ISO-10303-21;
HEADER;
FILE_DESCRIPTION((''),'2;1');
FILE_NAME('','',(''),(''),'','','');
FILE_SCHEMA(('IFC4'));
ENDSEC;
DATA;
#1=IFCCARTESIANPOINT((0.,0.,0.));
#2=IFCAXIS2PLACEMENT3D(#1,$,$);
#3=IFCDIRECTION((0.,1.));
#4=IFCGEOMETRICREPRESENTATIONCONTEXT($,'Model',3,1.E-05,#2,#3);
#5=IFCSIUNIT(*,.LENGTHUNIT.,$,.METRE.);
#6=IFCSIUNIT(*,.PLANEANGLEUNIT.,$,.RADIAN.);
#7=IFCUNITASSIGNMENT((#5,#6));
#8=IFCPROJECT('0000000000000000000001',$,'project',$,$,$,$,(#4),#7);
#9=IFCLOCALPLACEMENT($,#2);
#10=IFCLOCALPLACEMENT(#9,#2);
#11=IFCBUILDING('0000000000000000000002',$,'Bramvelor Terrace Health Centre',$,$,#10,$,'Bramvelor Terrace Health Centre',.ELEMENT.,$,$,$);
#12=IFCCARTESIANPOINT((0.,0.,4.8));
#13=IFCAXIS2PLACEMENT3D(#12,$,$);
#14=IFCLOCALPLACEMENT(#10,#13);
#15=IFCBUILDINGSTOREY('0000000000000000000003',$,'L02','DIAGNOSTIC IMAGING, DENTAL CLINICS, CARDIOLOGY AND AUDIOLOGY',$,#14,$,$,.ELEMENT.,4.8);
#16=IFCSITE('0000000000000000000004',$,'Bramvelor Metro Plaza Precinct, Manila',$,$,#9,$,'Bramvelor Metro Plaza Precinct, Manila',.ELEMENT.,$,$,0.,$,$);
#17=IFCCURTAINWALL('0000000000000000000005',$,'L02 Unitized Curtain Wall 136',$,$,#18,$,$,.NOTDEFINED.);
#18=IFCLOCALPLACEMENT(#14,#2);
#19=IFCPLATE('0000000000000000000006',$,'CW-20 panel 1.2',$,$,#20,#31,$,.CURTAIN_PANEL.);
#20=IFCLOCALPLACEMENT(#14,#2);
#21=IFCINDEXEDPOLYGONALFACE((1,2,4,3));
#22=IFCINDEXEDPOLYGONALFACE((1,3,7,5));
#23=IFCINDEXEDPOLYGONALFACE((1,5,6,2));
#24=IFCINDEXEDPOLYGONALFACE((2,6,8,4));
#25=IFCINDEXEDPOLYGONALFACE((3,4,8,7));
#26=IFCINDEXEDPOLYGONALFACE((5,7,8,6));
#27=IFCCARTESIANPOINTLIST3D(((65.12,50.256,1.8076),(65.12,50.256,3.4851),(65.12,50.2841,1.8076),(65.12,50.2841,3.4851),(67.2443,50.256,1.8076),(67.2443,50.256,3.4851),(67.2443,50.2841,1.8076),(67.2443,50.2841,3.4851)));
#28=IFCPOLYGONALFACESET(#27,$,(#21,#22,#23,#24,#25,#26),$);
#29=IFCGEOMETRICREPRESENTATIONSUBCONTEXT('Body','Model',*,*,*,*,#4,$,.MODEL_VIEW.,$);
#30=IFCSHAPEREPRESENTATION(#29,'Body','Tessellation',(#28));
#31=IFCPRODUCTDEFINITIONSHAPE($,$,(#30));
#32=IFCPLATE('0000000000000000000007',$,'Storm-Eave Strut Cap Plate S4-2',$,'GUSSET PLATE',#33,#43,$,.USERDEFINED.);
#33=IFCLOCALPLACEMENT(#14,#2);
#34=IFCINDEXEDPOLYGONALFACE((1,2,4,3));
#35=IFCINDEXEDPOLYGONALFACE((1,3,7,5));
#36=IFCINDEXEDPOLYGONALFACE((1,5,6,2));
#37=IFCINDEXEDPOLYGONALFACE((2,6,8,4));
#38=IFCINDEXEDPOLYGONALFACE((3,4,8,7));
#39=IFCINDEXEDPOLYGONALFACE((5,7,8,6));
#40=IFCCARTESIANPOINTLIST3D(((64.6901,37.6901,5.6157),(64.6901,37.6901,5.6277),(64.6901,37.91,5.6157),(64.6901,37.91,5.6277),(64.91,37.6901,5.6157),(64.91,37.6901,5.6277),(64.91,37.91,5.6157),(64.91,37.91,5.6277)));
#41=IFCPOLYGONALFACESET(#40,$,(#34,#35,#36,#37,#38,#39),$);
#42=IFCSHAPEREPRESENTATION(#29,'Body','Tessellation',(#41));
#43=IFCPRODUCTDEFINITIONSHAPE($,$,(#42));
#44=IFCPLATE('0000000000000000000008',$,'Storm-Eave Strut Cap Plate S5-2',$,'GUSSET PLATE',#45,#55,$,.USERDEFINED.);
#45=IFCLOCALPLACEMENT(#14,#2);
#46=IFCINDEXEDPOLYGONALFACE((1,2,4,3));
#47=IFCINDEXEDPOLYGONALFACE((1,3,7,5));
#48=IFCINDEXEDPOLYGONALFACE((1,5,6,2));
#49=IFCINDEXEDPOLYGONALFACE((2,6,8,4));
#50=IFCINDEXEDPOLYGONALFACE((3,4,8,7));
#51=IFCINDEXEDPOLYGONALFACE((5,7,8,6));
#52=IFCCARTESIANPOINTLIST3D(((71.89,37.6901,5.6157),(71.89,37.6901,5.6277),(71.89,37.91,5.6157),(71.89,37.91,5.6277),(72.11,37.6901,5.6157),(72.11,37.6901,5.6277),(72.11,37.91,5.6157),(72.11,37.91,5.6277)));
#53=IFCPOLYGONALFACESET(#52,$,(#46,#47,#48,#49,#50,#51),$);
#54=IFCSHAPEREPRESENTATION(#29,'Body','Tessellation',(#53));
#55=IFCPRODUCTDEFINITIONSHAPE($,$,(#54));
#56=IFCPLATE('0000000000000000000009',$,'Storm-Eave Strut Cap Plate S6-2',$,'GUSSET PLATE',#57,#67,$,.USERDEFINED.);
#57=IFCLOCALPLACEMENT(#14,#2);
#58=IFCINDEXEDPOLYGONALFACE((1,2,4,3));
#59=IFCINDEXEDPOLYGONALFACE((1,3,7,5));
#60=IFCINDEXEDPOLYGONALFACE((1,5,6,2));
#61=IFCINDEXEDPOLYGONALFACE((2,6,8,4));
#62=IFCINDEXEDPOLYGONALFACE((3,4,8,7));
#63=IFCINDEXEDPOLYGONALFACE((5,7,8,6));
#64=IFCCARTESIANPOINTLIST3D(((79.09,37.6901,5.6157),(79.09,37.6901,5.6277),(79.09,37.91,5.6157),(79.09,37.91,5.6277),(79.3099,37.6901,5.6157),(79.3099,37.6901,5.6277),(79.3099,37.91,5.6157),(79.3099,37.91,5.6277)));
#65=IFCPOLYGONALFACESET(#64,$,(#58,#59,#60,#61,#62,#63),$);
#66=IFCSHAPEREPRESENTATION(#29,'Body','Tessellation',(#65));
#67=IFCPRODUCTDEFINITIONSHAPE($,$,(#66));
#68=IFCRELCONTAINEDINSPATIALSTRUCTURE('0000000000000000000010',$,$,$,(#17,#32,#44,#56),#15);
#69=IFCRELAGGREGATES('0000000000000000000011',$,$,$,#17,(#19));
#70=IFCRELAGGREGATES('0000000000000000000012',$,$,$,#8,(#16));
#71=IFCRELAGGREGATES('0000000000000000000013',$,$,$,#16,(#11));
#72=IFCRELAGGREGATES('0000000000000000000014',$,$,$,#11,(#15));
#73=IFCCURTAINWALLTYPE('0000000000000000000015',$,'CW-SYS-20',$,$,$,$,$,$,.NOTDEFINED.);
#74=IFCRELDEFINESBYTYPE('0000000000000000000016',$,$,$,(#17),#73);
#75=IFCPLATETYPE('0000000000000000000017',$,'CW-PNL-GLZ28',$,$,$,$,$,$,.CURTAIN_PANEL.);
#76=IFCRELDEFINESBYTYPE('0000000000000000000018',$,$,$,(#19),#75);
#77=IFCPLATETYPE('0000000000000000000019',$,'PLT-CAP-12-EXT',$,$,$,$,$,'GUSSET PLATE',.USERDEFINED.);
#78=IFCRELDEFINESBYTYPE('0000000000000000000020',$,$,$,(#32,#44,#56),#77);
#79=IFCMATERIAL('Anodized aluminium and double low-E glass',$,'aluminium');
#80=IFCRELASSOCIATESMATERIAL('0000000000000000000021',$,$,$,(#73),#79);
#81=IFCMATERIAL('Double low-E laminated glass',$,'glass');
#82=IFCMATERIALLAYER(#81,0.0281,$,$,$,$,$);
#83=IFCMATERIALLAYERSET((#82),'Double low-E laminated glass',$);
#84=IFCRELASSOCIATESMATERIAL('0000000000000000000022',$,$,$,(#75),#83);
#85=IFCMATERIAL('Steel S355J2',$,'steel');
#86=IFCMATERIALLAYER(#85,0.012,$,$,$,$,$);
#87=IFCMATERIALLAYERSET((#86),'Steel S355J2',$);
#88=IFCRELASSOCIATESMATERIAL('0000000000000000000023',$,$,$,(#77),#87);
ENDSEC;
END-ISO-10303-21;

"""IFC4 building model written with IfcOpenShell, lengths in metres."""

from ifc_helpers import new_model, si_unit, direction, frame, origin, origin_2d, place, context, subcontext, project, spatial, rectangle, extrude, material, layer, layer_set, type_object, element, aggregate, save


model = new_model("IFC4")

# Units and contexts
model_context = context("Model", 3, precision=1e-05, world=origin(), true_north=direction((0.0, 1.0)))
body_context = subcontext(model_context, "Body", "Model", "MODEL_VIEW")
ifc_project = project(units=[si_unit("LENGTHUNIT", "METRE"), si_unit("PLANEANGLEUNIT", "RADIAN")], contexts=[model_context])

# Site, building, storey
site_placement = place(None, origin())
site = spatial("IfcSite", under=ifc_project, at=site_placement, Name="Bramvelor Metro Plaza Precinct, Manila", LongName="Bramvelor Metro Plaza Precinct, Manila", CompositionType="ELEMENT", RefElevation=0.0)
building_placement = place(site_placement, origin())
building = spatial("IfcBuilding", under=site, at=building_placement, Name="Bramvelor Terrace Health Centre", LongName="Bramvelor Terrace Health Centre", CompositionType="ELEMENT")
storey_placement = place(building_placement, frame((0.0, 0.0, 4.8)))
storey = spatial("IfcBuildingStorey", under=building, at=storey_placement, Name="L02", Description="DIAGNOSTIC IMAGING, DENTAL CLINICS, CARDIOLOGY AND AUDIOLOGY", CompositionType="ELEMENT", Elevation=4.8)

# Curtain wall
ifc_material_1 = material(Name="Anodized aluminium and double low-E glass", Category="aluminium")
curtain_wall_type = type_object("IfcCurtainWallType", Name="CW-SYS-20", PredefinedType="NOTDEFINED", material=ifc_material_1)
curtain_wall_1_placement = place(storey_placement, origin())
curtain_wall_1 = element("IfcCurtainWall", 1, at=curtain_wall_1_placement, inside=storey, type_object=curtain_wall_type, Name="L02 Unitized Curtain Wall 136", PredefinedType="NOTDEFINED")

# Plate
ifc_material_2 = material(Name="Double low-E laminated glass", Category="glass")
ifc_layer_1 = layer(ifc_material_2, 0.0281)
ifc_layer_set_1 = layer_set([ifc_layer_1], Name="Double low-E laminated glass")
plate_type_1 = type_object("IfcPlateType", Name="CW-PNL-GLZ28", PredefinedType="CURTAIN_PANEL", material=ifc_layer_set_1)
plate_1_placement = place(storey_placement, frame((66.1821, 50.27, 1.8076), z_axis=(0.0, 0.0, 1.0), x_axis=(1.0, 0.0, 0.0)))
plate_1 = element("IfcPlate", 2, at=plate_1_placement, type_object=plate_type_1, Name="CW-20 panel 1.2", PredefinedType="CURTAIN_PANEL", context=body_context, shape_type="SweptSolid", body=[
    extrude(rectangle(XDim=2.1243, YDim=0.0281, at=origin_2d()), origin(), (0.0, 0.0, 1.0), 1.6775),
])
aggregate(curtain_wall_1, [plate_1])

# Plates
ifc_material_3 = material(Name="Steel S355J2", Category="steel")
ifc_layer_2 = layer(ifc_material_3, 0.012)
ifc_layer_set_2 = layer_set([ifc_layer_2], Name="Steel S355J2")
plate_type_2 = type_object("IfcPlateType", Name="PLT-CAP-12-EXT", ElementType="GUSSET PLATE", PredefinedType="USERDEFINED", material=ifc_layer_set_2)
for number, where, z_axis, x_axis, name in (
    (3, (64.8, 37.8, 5.6157), (0.0, 0.0, 1.0), (1.0, 0.0, 0.0), "Storm-Eave Strut Cap Plate S4-2"),
    (4, (72.0, 37.8, 5.6157), (0.0, 0.0, 1.0), (1.0, 0.0, 0.0), "Storm-Eave Strut Cap Plate S5-2"),
    (5, (79.2, 37.8, 5.6157), (0.0, 0.0, 1.0), (1.0, 0.0, 0.0), "Storm-Eave Strut Cap Plate S6-2"),
):
    element("IfcPlate", number, at=place(storey_placement, frame(where, z_axis=z_axis, x_axis=x_axis)), inside=storey, type_object=plate_type_2, Name=name, ObjectType="GUSSET PLATE", PredefinedType="USERDEFINED", context=body_context, shape_type="SweptSolid", body=[
        extrude(rectangle(XDim=0.22, YDim=0.22, at=origin_2d()), origin(), (0.0, 0.0, 1.0), 0.012),
    ])

save(model, "model.ifc")
